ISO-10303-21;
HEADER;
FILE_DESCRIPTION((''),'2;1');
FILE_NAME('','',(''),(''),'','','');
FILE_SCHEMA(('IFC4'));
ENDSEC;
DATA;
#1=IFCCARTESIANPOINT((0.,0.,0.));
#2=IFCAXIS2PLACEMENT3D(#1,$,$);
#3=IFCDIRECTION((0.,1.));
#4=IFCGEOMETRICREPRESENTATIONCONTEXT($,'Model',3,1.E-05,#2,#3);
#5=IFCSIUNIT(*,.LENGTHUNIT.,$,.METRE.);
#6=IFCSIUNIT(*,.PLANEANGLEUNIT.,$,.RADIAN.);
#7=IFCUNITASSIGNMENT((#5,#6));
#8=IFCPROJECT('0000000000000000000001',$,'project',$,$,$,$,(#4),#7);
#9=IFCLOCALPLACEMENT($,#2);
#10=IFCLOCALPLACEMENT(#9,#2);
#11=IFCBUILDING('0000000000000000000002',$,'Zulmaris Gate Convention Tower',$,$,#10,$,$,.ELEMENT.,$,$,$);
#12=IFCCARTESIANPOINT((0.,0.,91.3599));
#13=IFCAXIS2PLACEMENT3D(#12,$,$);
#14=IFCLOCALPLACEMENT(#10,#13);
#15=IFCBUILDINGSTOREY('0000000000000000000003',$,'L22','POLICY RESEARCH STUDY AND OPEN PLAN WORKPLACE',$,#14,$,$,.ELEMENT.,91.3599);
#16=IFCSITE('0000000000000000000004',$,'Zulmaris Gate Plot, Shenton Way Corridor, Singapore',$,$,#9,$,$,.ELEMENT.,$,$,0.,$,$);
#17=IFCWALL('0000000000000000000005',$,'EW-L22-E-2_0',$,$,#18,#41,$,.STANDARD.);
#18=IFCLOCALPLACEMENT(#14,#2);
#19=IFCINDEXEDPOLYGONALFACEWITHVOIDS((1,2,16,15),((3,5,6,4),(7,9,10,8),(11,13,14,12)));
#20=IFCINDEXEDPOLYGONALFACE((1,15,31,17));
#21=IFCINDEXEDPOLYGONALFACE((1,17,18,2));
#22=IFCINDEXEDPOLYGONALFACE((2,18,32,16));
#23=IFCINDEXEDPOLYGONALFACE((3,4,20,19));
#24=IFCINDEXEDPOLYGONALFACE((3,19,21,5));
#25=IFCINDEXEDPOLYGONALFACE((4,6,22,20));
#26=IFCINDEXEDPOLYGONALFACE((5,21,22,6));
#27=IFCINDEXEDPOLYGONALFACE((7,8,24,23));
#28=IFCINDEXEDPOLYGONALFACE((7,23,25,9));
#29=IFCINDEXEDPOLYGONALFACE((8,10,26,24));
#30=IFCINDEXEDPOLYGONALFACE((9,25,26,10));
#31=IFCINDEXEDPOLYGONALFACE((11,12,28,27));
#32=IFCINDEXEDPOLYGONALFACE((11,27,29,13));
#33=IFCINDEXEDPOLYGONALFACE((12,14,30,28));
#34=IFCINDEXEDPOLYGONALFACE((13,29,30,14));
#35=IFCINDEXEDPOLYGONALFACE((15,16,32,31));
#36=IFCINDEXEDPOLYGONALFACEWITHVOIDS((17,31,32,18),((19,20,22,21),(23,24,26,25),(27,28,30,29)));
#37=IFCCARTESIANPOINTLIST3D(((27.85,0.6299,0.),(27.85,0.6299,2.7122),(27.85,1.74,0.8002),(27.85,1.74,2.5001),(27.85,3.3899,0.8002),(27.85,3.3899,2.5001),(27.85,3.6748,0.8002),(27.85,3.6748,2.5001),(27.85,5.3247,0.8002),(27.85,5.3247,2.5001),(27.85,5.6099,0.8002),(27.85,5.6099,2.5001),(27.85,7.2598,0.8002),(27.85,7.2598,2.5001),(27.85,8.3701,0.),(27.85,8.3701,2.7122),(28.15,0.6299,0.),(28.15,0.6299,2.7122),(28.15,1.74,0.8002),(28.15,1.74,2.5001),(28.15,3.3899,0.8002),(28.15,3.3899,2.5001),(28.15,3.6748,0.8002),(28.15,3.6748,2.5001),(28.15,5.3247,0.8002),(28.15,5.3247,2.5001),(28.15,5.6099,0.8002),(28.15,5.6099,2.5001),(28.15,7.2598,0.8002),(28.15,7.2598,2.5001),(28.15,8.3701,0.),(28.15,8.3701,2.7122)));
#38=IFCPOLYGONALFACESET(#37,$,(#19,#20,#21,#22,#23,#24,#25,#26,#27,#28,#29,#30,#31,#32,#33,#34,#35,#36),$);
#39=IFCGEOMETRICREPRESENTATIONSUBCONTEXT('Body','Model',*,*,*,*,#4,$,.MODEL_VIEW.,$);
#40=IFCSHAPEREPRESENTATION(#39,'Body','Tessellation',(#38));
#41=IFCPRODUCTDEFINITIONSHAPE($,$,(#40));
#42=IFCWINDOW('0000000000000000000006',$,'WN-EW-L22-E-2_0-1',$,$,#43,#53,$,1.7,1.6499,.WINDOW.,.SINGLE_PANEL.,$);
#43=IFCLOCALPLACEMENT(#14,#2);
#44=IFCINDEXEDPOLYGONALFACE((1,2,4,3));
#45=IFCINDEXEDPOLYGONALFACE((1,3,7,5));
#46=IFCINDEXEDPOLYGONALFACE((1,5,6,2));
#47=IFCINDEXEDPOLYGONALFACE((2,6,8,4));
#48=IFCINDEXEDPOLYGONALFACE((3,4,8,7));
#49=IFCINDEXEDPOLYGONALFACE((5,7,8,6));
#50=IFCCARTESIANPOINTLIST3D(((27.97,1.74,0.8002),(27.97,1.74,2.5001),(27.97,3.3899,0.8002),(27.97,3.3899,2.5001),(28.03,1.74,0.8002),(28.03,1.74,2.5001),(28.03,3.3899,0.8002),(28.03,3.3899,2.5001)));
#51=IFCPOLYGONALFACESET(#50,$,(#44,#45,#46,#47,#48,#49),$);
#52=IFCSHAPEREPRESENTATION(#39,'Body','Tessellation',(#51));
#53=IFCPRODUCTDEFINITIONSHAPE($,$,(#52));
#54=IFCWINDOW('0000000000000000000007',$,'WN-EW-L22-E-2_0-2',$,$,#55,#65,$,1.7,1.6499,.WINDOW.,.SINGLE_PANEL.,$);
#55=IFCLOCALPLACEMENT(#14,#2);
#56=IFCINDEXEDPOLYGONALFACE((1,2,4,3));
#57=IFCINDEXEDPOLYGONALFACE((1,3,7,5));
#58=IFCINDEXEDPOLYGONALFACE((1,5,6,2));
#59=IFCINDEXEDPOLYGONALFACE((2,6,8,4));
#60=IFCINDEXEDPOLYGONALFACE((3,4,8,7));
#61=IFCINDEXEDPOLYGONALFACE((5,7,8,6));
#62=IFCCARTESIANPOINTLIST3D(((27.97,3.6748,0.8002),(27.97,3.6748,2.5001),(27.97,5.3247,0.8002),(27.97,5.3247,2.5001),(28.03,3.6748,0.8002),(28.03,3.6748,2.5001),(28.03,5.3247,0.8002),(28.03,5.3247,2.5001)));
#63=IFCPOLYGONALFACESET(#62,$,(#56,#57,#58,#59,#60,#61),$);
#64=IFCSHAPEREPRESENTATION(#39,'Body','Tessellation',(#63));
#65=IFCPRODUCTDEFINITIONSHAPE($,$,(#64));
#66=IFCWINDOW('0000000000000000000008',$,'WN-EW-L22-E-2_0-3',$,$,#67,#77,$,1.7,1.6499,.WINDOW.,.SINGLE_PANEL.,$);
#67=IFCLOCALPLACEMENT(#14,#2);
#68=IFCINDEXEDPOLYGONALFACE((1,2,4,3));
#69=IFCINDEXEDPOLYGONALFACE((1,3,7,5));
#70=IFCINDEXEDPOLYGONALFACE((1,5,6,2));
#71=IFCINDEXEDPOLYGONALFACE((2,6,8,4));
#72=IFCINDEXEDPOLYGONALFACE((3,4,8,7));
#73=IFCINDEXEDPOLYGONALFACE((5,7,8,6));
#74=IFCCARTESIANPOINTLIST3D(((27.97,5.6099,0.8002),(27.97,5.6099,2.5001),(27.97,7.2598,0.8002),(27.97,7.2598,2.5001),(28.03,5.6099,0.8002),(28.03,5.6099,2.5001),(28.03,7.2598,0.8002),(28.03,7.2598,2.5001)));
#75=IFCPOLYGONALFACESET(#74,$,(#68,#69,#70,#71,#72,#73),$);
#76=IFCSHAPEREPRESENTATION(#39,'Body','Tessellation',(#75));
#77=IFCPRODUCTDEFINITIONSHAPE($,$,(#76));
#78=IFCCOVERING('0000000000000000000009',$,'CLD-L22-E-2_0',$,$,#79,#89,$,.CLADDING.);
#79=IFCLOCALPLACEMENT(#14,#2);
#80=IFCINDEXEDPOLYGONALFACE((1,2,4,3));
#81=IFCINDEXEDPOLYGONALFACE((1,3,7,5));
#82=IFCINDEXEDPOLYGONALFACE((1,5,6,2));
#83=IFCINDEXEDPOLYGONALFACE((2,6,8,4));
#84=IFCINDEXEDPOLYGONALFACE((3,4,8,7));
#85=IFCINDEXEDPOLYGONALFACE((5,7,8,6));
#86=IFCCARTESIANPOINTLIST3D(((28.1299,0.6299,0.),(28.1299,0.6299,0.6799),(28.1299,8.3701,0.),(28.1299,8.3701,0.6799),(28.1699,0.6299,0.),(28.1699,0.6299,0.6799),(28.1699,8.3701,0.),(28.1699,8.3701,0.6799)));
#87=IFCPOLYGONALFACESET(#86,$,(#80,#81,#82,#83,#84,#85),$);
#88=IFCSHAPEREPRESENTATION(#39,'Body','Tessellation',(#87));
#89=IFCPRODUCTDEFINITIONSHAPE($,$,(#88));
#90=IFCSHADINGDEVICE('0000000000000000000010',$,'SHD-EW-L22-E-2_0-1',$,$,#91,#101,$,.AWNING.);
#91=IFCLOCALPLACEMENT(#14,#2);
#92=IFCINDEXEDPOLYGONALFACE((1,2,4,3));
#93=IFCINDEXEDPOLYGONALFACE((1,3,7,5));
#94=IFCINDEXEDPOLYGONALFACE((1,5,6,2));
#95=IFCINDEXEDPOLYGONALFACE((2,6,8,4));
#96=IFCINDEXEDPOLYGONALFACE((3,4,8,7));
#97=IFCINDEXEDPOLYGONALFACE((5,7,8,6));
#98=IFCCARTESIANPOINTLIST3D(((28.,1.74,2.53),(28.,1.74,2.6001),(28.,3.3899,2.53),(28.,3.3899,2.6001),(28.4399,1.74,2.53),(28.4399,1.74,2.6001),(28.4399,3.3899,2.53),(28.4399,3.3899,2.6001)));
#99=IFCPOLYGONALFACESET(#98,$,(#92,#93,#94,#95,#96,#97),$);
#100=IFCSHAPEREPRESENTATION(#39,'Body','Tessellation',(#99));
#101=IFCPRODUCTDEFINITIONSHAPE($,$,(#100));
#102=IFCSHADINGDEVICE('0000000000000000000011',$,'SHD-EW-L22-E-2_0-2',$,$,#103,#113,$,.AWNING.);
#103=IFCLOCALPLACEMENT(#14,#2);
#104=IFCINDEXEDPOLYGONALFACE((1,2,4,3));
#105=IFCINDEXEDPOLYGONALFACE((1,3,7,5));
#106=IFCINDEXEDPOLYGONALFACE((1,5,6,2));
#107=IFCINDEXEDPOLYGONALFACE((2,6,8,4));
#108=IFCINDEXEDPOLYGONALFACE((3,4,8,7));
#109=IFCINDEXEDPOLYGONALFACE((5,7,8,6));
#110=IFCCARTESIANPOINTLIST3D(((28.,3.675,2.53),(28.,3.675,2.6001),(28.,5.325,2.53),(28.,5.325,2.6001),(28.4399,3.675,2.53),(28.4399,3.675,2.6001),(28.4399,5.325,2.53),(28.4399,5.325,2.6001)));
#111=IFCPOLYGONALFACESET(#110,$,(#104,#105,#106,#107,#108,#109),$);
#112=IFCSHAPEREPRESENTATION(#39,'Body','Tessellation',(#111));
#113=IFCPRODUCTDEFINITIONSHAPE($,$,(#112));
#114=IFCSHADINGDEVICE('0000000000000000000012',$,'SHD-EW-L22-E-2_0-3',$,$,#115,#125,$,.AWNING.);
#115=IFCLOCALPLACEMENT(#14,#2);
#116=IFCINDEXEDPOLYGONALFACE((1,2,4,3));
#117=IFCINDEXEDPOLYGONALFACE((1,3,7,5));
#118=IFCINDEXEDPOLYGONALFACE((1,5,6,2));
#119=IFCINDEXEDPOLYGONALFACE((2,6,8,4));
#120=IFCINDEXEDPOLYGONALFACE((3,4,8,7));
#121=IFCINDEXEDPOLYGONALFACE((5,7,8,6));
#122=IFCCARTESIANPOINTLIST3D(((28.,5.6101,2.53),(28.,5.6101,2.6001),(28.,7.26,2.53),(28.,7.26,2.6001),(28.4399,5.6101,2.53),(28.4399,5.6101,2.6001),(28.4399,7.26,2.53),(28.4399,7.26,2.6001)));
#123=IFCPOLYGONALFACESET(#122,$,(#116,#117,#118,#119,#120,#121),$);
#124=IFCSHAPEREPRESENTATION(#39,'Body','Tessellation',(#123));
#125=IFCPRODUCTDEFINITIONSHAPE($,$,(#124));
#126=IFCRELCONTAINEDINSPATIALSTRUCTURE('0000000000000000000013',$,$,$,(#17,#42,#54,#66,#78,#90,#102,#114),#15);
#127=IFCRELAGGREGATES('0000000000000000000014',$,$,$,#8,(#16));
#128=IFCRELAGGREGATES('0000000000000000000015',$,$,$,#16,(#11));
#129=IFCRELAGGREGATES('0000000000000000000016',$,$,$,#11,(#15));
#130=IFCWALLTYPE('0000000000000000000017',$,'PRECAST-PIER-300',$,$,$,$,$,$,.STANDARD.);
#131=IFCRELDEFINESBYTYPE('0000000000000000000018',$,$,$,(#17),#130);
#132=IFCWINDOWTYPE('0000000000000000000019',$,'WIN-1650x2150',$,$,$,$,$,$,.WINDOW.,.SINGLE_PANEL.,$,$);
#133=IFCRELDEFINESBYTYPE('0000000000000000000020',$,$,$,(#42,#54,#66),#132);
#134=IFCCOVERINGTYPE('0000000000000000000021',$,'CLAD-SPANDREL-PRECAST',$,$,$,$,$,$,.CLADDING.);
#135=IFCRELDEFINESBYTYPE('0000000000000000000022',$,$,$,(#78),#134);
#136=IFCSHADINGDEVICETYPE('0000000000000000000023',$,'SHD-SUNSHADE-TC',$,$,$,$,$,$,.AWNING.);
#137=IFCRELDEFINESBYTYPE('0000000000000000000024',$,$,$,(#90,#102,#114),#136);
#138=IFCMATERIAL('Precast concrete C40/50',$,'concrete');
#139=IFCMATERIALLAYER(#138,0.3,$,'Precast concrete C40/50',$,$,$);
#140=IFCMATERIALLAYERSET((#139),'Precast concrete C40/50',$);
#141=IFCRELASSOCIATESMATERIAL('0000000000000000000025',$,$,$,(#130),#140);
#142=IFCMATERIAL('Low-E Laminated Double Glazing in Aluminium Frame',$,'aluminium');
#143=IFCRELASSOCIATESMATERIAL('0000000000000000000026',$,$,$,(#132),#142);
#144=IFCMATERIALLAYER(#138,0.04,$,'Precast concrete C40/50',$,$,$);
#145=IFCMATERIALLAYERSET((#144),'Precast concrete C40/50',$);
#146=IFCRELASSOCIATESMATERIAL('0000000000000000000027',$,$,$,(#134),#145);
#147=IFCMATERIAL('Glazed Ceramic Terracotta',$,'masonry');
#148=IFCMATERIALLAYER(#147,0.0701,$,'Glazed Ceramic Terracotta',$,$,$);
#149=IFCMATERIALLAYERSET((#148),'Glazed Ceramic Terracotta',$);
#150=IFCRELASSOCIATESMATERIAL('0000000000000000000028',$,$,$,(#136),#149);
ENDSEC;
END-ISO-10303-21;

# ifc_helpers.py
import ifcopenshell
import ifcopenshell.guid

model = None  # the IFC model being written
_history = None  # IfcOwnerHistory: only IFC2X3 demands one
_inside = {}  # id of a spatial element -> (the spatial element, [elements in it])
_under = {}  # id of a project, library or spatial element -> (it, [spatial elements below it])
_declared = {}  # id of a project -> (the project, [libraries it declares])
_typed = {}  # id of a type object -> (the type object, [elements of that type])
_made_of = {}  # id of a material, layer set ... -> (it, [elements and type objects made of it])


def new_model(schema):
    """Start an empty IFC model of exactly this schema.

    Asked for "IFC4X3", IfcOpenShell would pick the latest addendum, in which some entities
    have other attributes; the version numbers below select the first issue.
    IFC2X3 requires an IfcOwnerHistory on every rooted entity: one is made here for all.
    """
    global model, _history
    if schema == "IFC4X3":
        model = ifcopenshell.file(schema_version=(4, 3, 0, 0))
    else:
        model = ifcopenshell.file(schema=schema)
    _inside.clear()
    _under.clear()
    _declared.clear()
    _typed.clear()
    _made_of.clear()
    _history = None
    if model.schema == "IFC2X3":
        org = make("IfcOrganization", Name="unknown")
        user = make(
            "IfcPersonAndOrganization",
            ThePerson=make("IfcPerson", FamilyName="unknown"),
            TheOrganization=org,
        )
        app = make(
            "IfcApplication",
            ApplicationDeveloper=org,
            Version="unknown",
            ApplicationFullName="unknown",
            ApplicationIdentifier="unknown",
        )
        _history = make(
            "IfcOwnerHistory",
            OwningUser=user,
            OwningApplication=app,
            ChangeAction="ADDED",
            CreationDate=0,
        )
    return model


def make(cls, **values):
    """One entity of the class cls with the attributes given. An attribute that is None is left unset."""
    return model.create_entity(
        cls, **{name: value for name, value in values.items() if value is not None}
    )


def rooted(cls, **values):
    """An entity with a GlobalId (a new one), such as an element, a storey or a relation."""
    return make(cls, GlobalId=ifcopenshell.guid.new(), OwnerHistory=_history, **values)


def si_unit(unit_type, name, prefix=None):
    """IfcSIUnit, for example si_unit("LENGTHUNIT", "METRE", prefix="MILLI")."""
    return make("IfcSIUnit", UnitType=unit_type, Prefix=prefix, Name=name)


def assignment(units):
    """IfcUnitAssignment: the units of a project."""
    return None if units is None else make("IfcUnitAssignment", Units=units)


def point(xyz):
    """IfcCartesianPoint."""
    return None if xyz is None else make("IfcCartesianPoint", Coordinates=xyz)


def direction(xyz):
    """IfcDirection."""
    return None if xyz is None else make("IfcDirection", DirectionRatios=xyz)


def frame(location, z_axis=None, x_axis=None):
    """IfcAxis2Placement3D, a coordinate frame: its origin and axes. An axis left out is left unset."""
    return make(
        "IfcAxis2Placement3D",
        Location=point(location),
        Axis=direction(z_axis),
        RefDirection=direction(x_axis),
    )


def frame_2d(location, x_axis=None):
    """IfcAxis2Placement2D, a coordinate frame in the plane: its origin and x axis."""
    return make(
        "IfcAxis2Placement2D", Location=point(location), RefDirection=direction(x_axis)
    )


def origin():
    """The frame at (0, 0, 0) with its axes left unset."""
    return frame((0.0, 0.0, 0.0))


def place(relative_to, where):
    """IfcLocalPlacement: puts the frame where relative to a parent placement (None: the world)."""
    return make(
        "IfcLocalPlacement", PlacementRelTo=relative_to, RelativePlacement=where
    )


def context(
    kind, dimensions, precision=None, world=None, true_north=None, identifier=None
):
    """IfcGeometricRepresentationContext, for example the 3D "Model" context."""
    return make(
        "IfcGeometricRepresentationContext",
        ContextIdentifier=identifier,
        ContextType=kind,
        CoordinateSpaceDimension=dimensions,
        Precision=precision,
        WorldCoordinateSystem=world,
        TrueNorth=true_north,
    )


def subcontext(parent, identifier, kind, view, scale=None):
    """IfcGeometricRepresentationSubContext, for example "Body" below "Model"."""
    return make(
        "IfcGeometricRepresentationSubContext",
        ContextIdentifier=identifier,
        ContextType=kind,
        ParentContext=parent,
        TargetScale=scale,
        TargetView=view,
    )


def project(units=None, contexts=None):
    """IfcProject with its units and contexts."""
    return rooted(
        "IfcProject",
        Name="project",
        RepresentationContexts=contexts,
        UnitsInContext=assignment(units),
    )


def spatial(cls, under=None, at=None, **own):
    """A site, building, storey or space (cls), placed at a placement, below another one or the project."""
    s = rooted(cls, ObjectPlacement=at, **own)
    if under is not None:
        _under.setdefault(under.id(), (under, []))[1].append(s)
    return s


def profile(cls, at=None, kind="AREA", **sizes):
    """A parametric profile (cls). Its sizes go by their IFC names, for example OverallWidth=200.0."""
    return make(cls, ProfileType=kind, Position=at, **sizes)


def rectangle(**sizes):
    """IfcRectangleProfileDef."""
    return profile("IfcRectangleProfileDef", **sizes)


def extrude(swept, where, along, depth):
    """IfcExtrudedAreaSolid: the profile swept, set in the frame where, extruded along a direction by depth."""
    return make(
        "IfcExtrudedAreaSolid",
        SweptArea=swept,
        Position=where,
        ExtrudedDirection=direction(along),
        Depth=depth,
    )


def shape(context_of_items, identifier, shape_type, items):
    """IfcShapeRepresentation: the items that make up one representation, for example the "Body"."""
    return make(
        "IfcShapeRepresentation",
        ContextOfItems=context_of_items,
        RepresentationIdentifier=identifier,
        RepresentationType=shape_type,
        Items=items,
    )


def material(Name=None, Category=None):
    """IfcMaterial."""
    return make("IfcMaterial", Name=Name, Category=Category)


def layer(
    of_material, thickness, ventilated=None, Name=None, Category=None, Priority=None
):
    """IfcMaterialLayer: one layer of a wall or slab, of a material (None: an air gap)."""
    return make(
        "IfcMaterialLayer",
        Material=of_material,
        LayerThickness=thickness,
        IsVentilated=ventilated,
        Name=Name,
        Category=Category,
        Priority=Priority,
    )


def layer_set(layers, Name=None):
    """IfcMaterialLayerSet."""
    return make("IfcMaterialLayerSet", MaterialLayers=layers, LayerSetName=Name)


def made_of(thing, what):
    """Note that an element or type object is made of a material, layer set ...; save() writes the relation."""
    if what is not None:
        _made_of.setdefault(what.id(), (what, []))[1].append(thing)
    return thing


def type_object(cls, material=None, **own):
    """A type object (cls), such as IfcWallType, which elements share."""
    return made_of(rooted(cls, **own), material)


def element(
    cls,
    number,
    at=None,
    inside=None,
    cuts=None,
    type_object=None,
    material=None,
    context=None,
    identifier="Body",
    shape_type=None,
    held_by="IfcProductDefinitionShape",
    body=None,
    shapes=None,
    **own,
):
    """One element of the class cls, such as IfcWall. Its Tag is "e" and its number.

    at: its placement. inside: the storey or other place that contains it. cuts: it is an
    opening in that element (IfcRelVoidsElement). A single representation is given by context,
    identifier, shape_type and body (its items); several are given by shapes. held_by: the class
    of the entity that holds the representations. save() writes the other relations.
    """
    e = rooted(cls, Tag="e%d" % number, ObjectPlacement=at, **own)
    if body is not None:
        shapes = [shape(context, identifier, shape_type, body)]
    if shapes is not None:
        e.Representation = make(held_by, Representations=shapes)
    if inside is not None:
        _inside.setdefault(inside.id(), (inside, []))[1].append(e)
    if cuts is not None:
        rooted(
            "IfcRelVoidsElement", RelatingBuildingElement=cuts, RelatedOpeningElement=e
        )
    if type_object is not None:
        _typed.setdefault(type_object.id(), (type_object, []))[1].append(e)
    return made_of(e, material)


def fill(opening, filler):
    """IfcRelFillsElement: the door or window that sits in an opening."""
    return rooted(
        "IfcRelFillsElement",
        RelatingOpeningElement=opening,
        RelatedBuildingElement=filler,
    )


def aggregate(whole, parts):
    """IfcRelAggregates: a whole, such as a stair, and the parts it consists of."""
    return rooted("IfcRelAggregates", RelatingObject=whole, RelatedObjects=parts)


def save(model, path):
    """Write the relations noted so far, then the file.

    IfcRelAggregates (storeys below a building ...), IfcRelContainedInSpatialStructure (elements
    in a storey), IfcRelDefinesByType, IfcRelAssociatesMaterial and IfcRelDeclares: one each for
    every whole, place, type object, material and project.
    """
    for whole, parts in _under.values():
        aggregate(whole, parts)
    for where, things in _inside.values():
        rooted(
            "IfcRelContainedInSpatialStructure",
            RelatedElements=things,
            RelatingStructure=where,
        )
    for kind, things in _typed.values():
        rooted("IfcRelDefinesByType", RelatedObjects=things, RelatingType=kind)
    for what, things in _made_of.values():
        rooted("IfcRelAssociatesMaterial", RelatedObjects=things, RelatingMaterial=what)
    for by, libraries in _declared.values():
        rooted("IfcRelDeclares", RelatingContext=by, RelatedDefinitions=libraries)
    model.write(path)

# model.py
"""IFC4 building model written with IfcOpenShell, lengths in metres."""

from ifc_helpers import new_model, si_unit, direction, frame, frame_2d, origin, place, context, subcontext, project, spatial, rectangle, extrude, material, layer, layer_set, type_object, element, fill, save


model = new_model("IFC4")

# Units and contexts
model_context = context("Model", 3, precision=1e-05, world=origin(), true_north=direction((0.0, 1.0)))
body_context = subcontext(model_context, "Body", "Model", "MODEL_VIEW")
ifc_project = project(units=[si_unit("LENGTHUNIT", "METRE"), si_unit("PLANEANGLEUNIT", "RADIAN")], contexts=[model_context])

# Site, building, storey
site_placement = place(None, origin())
site = spatial("IfcSite", under=ifc_project, at=site_placement, Name="Zulmaris Gate Plot, Shenton Way Corridor, Singapore", CompositionType="ELEMENT", RefElevation=0.0)
building_placement = place(site_placement, origin())
building = spatial("IfcBuilding", under=site, at=building_placement, Name="Zulmaris Gate Convention Tower", CompositionType="ELEMENT")
storey_placement = place(building_placement, frame((0.0, 0.0, 91.3599)))
storey = spatial("IfcBuildingStorey", under=building, at=storey_placement, Name="L22", Description="POLICY RESEARCH STUDY AND OPEN PLAN WORKPLACE", CompositionType="ELEMENT", Elevation=91.3599)

# Wall, openings, windows
ifc_material_1 = material(Name="Precast concrete C40/50", Category="concrete")
ifc_layer_1 = layer(ifc_material_1, 0.3, Name="Precast concrete C40/50")
ifc_layer_set_1 = layer_set([ifc_layer_1], Name="Precast concrete C40/50")
wall_type_1 = type_object("IfcWallType", Name="PRECAST-PIER-300", PredefinedType="STANDARD", material=ifc_layer_set_1)
wall_1_placement = place(storey_placement, frame((28.0, 0.6299, 0.0), z_axis=(0.0, 0.0, 1.0), x_axis=(0.0, 1.0, 0.0)))
wall_1 = element("IfcWall", 1, at=wall_1_placement, inside=storey, type_object=wall_type_1, Name="EW-L22-E-2_0", PredefinedType="STANDARD", context=body_context, shape_type="SweptSolid", body=[
    extrude(rectangle(XDim=7.7402, YDim=0.3, at=frame_2d((3.8701, 0.0))), origin(), (0.0, 0.0, 1.0), 2.7122),
])
opening_1_placement = place(wall_1_placement, frame((1.1101, 0.0, 0.8)))
opening_1 = element("IfcOpeningElement", 2, at=opening_1_placement, cuts=wall_1, PredefinedType="OPENING", context=body_context, shape_type="SweptSolid", body=[
    extrude(rectangle(XDim=1.6499, YDim=1.7, at=frame_2d((0.825, 0.8501))), frame((0.0, 0.1602, 0.0), z_axis=(0.0, -1.0, 0.0), x_axis=(1.0, 0.0, 0.0)), (0.0, 0.0, 1.0), 0.3201),
])
opening_2_placement = place(wall_1_placement, frame((3.0449, 0.0, 0.8)))
opening_2 = element("IfcOpeningElement", 3, at=opening_2_placement, cuts=wall_1, PredefinedType="OPENING", context=body_context, shape_type="SweptSolid", body=[
    extrude(rectangle(XDim=1.6499, YDim=1.7, at=frame_2d((0.825, 0.8501))), frame((0.0, 0.1602, 0.0), z_axis=(0.0, -1.0, 0.0), x_axis=(1.0, 0.0, 0.0)), (0.0, 0.0, 1.0), 0.3201),
])
opening_3_placement = place(wall_1_placement, frame((4.98, 0.0, 0.8)))
opening_3 = element("IfcOpeningElement", 4, at=opening_3_placement, cuts=wall_1, PredefinedType="OPENING", context=body_context, shape_type="SweptSolid", body=[
    extrude(rectangle(XDim=1.6499, YDim=1.7, at=frame_2d((0.825, 0.8501))), frame((0.0, 0.1602, 0.0), z_axis=(0.0, -1.0, 0.0), x_axis=(1.0, 0.0, 0.0)), (0.0, 0.0, 1.0), 0.3201),
])
ifc_material_2 = material(Name="Low-E Laminated Double Glazing in Aluminium Frame", Category="aluminium")
window_type = type_object("IfcWindowType", Name="WIN-1650x2150", PartitioningType="SINGLE_PANEL", PredefinedType="WINDOW", material=ifc_material_2)
window_1_placement = place(opening_1_placement, origin())
window_1 = element("IfcWindow", 5, at=window_1_placement, inside=storey, type_object=window_type, Name="WN-EW-L22-E-2_0-1", OverallHeight=1.7, OverallWidth=1.6499, PartitioningType="SINGLE_PANEL", PredefinedType="WINDOW", context=body_context, shape_type="SweptSolid", body=[
    extrude(rectangle(XDim=1.6499, YDim=1.7, at=frame_2d((0.825, 0.8501))), frame((0.0, 0.03, 0.0), z_axis=(0.0, -1.0, 0.0), x_axis=(1.0, 0.0, 0.0)), (0.0, 0.0, 1.0), 0.0601),
])
fill(opening_1, window_1)
window_2_placement = place(opening_2_placement, origin())
window_2 = element("IfcWindow", 6, at=window_2_placement, inside=storey, type_object=window_type, Name="WN-EW-L22-E-2_0-2", OverallHeight=1.7, OverallWidth=1.6499, PartitioningType="SINGLE_PANEL", PredefinedType="WINDOW", context=body_context, shape_type="SweptSolid", body=[
    extrude(rectangle(XDim=1.6499, YDim=1.7, at=frame_2d((0.825, 0.8501))), frame((0.0, 0.03, 0.0), z_axis=(0.0, -1.0, 0.0), x_axis=(1.0, 0.0, 0.0)), (0.0, 0.0, 1.0), 0.0601),
])
fill(opening_2, window_2)
window_3_placement = place(opening_3_placement, origin())
window_3 = element("IfcWindow", 7, at=window_3_placement, inside=storey, type_object=window_type, Name="WN-EW-L22-E-2_0-3", OverallHeight=1.7, OverallWidth=1.6499, PartitioningType="SINGLE_PANEL", PredefinedType="WINDOW", context=body_context, shape_type="SweptSolid", body=[
    extrude(rectangle(XDim=1.6499, YDim=1.7, at=frame_2d((0.825, 0.8501))), frame((0.0, 0.03, 0.0), z_axis=(0.0, -1.0, 0.0), x_axis=(1.0, 0.0, 0.0)), (0.0, 0.0, 1.0), 0.0601),
])
fill(opening_3, window_3)

# Covering
ifc_layer_2 = layer(ifc_material_1, 0.04, Name="Precast concrete C40/50")
ifc_layer_set_2 = layer_set([ifc_layer_2], Name="Precast concrete C40/50")
covering_type = type_object("IfcCoveringType", Name="CLAD-SPANDREL-PRECAST", PredefinedType="CLADDING", material=ifc_layer_set_2)
covering_placement = place(storey_placement, frame((28.1499, 0.6299, 0.0), z_axis=(0.0, 0.0, 1.0), x_axis=(0.0, 1.0, 0.0)))
element("IfcCovering", 8, at=covering_placement, inside=storey, type_object=covering_type, Name="CLD-L22-E-2_0", PredefinedType="CLADDING", context=body_context, shape_type="SweptSolid", body=[
    extrude(rectangle(XDim=7.7402, YDim=0.04, at=frame_2d((3.8701, 0.0))), origin(), (0.0, 0.0, 1.0), 0.6799),
])

# Shading devices
ifc_material_3 = material(Name="Glazed Ceramic Terracotta", Category="masonry")
ifc_layer_3 = layer(ifc_material_3, 0.0701, Name="Glazed Ceramic Terracotta")
ifc_layer_set_3 = layer_set([ifc_layer_3], Name="Glazed Ceramic Terracotta")
shading_device_type = type_object("IfcShadingDeviceType", Name="SHD-SUNSHADE-TC", PredefinedType="AWNING", material=ifc_layer_set_3)
for number, where, z_axis, x_axis, name in (
    (9, (28.22, 1.74, 2.53), (0.0, 0.0, 1.0), (0.0, 1.0, 0.0), "SHD-EW-L22-E-2_0-1"),
    (10, (28.22, 3.675, 2.53), (0.0, 0.0, 1.0), (0.0, 1.0, 0.0), "SHD-EW-L22-E-2_0-2"),
    (11, (28.22, 5.6101, 2.53), (0.0, 0.0, 1.0), (0.0, 1.0, 0.0), "SHD-EW-L22-E-2_0-3"),
):
    element("IfcShadingDevice", number, at=place(storey_placement, frame(where, z_axis=z_axis, x_axis=x_axis)), inside=storey, type_object=shading_device_type, Name=name, PredefinedType="AWNING", context=body_context, shape_type="SweptSolid", body=[
        extrude(rectangle(XDim=1.6499, YDim=0.4399, at=frame_2d((0.825, 0.0))), origin(), (0.0, 0.0, 1.0), 0.0701),
    ])

save(model, "model.ifc")
